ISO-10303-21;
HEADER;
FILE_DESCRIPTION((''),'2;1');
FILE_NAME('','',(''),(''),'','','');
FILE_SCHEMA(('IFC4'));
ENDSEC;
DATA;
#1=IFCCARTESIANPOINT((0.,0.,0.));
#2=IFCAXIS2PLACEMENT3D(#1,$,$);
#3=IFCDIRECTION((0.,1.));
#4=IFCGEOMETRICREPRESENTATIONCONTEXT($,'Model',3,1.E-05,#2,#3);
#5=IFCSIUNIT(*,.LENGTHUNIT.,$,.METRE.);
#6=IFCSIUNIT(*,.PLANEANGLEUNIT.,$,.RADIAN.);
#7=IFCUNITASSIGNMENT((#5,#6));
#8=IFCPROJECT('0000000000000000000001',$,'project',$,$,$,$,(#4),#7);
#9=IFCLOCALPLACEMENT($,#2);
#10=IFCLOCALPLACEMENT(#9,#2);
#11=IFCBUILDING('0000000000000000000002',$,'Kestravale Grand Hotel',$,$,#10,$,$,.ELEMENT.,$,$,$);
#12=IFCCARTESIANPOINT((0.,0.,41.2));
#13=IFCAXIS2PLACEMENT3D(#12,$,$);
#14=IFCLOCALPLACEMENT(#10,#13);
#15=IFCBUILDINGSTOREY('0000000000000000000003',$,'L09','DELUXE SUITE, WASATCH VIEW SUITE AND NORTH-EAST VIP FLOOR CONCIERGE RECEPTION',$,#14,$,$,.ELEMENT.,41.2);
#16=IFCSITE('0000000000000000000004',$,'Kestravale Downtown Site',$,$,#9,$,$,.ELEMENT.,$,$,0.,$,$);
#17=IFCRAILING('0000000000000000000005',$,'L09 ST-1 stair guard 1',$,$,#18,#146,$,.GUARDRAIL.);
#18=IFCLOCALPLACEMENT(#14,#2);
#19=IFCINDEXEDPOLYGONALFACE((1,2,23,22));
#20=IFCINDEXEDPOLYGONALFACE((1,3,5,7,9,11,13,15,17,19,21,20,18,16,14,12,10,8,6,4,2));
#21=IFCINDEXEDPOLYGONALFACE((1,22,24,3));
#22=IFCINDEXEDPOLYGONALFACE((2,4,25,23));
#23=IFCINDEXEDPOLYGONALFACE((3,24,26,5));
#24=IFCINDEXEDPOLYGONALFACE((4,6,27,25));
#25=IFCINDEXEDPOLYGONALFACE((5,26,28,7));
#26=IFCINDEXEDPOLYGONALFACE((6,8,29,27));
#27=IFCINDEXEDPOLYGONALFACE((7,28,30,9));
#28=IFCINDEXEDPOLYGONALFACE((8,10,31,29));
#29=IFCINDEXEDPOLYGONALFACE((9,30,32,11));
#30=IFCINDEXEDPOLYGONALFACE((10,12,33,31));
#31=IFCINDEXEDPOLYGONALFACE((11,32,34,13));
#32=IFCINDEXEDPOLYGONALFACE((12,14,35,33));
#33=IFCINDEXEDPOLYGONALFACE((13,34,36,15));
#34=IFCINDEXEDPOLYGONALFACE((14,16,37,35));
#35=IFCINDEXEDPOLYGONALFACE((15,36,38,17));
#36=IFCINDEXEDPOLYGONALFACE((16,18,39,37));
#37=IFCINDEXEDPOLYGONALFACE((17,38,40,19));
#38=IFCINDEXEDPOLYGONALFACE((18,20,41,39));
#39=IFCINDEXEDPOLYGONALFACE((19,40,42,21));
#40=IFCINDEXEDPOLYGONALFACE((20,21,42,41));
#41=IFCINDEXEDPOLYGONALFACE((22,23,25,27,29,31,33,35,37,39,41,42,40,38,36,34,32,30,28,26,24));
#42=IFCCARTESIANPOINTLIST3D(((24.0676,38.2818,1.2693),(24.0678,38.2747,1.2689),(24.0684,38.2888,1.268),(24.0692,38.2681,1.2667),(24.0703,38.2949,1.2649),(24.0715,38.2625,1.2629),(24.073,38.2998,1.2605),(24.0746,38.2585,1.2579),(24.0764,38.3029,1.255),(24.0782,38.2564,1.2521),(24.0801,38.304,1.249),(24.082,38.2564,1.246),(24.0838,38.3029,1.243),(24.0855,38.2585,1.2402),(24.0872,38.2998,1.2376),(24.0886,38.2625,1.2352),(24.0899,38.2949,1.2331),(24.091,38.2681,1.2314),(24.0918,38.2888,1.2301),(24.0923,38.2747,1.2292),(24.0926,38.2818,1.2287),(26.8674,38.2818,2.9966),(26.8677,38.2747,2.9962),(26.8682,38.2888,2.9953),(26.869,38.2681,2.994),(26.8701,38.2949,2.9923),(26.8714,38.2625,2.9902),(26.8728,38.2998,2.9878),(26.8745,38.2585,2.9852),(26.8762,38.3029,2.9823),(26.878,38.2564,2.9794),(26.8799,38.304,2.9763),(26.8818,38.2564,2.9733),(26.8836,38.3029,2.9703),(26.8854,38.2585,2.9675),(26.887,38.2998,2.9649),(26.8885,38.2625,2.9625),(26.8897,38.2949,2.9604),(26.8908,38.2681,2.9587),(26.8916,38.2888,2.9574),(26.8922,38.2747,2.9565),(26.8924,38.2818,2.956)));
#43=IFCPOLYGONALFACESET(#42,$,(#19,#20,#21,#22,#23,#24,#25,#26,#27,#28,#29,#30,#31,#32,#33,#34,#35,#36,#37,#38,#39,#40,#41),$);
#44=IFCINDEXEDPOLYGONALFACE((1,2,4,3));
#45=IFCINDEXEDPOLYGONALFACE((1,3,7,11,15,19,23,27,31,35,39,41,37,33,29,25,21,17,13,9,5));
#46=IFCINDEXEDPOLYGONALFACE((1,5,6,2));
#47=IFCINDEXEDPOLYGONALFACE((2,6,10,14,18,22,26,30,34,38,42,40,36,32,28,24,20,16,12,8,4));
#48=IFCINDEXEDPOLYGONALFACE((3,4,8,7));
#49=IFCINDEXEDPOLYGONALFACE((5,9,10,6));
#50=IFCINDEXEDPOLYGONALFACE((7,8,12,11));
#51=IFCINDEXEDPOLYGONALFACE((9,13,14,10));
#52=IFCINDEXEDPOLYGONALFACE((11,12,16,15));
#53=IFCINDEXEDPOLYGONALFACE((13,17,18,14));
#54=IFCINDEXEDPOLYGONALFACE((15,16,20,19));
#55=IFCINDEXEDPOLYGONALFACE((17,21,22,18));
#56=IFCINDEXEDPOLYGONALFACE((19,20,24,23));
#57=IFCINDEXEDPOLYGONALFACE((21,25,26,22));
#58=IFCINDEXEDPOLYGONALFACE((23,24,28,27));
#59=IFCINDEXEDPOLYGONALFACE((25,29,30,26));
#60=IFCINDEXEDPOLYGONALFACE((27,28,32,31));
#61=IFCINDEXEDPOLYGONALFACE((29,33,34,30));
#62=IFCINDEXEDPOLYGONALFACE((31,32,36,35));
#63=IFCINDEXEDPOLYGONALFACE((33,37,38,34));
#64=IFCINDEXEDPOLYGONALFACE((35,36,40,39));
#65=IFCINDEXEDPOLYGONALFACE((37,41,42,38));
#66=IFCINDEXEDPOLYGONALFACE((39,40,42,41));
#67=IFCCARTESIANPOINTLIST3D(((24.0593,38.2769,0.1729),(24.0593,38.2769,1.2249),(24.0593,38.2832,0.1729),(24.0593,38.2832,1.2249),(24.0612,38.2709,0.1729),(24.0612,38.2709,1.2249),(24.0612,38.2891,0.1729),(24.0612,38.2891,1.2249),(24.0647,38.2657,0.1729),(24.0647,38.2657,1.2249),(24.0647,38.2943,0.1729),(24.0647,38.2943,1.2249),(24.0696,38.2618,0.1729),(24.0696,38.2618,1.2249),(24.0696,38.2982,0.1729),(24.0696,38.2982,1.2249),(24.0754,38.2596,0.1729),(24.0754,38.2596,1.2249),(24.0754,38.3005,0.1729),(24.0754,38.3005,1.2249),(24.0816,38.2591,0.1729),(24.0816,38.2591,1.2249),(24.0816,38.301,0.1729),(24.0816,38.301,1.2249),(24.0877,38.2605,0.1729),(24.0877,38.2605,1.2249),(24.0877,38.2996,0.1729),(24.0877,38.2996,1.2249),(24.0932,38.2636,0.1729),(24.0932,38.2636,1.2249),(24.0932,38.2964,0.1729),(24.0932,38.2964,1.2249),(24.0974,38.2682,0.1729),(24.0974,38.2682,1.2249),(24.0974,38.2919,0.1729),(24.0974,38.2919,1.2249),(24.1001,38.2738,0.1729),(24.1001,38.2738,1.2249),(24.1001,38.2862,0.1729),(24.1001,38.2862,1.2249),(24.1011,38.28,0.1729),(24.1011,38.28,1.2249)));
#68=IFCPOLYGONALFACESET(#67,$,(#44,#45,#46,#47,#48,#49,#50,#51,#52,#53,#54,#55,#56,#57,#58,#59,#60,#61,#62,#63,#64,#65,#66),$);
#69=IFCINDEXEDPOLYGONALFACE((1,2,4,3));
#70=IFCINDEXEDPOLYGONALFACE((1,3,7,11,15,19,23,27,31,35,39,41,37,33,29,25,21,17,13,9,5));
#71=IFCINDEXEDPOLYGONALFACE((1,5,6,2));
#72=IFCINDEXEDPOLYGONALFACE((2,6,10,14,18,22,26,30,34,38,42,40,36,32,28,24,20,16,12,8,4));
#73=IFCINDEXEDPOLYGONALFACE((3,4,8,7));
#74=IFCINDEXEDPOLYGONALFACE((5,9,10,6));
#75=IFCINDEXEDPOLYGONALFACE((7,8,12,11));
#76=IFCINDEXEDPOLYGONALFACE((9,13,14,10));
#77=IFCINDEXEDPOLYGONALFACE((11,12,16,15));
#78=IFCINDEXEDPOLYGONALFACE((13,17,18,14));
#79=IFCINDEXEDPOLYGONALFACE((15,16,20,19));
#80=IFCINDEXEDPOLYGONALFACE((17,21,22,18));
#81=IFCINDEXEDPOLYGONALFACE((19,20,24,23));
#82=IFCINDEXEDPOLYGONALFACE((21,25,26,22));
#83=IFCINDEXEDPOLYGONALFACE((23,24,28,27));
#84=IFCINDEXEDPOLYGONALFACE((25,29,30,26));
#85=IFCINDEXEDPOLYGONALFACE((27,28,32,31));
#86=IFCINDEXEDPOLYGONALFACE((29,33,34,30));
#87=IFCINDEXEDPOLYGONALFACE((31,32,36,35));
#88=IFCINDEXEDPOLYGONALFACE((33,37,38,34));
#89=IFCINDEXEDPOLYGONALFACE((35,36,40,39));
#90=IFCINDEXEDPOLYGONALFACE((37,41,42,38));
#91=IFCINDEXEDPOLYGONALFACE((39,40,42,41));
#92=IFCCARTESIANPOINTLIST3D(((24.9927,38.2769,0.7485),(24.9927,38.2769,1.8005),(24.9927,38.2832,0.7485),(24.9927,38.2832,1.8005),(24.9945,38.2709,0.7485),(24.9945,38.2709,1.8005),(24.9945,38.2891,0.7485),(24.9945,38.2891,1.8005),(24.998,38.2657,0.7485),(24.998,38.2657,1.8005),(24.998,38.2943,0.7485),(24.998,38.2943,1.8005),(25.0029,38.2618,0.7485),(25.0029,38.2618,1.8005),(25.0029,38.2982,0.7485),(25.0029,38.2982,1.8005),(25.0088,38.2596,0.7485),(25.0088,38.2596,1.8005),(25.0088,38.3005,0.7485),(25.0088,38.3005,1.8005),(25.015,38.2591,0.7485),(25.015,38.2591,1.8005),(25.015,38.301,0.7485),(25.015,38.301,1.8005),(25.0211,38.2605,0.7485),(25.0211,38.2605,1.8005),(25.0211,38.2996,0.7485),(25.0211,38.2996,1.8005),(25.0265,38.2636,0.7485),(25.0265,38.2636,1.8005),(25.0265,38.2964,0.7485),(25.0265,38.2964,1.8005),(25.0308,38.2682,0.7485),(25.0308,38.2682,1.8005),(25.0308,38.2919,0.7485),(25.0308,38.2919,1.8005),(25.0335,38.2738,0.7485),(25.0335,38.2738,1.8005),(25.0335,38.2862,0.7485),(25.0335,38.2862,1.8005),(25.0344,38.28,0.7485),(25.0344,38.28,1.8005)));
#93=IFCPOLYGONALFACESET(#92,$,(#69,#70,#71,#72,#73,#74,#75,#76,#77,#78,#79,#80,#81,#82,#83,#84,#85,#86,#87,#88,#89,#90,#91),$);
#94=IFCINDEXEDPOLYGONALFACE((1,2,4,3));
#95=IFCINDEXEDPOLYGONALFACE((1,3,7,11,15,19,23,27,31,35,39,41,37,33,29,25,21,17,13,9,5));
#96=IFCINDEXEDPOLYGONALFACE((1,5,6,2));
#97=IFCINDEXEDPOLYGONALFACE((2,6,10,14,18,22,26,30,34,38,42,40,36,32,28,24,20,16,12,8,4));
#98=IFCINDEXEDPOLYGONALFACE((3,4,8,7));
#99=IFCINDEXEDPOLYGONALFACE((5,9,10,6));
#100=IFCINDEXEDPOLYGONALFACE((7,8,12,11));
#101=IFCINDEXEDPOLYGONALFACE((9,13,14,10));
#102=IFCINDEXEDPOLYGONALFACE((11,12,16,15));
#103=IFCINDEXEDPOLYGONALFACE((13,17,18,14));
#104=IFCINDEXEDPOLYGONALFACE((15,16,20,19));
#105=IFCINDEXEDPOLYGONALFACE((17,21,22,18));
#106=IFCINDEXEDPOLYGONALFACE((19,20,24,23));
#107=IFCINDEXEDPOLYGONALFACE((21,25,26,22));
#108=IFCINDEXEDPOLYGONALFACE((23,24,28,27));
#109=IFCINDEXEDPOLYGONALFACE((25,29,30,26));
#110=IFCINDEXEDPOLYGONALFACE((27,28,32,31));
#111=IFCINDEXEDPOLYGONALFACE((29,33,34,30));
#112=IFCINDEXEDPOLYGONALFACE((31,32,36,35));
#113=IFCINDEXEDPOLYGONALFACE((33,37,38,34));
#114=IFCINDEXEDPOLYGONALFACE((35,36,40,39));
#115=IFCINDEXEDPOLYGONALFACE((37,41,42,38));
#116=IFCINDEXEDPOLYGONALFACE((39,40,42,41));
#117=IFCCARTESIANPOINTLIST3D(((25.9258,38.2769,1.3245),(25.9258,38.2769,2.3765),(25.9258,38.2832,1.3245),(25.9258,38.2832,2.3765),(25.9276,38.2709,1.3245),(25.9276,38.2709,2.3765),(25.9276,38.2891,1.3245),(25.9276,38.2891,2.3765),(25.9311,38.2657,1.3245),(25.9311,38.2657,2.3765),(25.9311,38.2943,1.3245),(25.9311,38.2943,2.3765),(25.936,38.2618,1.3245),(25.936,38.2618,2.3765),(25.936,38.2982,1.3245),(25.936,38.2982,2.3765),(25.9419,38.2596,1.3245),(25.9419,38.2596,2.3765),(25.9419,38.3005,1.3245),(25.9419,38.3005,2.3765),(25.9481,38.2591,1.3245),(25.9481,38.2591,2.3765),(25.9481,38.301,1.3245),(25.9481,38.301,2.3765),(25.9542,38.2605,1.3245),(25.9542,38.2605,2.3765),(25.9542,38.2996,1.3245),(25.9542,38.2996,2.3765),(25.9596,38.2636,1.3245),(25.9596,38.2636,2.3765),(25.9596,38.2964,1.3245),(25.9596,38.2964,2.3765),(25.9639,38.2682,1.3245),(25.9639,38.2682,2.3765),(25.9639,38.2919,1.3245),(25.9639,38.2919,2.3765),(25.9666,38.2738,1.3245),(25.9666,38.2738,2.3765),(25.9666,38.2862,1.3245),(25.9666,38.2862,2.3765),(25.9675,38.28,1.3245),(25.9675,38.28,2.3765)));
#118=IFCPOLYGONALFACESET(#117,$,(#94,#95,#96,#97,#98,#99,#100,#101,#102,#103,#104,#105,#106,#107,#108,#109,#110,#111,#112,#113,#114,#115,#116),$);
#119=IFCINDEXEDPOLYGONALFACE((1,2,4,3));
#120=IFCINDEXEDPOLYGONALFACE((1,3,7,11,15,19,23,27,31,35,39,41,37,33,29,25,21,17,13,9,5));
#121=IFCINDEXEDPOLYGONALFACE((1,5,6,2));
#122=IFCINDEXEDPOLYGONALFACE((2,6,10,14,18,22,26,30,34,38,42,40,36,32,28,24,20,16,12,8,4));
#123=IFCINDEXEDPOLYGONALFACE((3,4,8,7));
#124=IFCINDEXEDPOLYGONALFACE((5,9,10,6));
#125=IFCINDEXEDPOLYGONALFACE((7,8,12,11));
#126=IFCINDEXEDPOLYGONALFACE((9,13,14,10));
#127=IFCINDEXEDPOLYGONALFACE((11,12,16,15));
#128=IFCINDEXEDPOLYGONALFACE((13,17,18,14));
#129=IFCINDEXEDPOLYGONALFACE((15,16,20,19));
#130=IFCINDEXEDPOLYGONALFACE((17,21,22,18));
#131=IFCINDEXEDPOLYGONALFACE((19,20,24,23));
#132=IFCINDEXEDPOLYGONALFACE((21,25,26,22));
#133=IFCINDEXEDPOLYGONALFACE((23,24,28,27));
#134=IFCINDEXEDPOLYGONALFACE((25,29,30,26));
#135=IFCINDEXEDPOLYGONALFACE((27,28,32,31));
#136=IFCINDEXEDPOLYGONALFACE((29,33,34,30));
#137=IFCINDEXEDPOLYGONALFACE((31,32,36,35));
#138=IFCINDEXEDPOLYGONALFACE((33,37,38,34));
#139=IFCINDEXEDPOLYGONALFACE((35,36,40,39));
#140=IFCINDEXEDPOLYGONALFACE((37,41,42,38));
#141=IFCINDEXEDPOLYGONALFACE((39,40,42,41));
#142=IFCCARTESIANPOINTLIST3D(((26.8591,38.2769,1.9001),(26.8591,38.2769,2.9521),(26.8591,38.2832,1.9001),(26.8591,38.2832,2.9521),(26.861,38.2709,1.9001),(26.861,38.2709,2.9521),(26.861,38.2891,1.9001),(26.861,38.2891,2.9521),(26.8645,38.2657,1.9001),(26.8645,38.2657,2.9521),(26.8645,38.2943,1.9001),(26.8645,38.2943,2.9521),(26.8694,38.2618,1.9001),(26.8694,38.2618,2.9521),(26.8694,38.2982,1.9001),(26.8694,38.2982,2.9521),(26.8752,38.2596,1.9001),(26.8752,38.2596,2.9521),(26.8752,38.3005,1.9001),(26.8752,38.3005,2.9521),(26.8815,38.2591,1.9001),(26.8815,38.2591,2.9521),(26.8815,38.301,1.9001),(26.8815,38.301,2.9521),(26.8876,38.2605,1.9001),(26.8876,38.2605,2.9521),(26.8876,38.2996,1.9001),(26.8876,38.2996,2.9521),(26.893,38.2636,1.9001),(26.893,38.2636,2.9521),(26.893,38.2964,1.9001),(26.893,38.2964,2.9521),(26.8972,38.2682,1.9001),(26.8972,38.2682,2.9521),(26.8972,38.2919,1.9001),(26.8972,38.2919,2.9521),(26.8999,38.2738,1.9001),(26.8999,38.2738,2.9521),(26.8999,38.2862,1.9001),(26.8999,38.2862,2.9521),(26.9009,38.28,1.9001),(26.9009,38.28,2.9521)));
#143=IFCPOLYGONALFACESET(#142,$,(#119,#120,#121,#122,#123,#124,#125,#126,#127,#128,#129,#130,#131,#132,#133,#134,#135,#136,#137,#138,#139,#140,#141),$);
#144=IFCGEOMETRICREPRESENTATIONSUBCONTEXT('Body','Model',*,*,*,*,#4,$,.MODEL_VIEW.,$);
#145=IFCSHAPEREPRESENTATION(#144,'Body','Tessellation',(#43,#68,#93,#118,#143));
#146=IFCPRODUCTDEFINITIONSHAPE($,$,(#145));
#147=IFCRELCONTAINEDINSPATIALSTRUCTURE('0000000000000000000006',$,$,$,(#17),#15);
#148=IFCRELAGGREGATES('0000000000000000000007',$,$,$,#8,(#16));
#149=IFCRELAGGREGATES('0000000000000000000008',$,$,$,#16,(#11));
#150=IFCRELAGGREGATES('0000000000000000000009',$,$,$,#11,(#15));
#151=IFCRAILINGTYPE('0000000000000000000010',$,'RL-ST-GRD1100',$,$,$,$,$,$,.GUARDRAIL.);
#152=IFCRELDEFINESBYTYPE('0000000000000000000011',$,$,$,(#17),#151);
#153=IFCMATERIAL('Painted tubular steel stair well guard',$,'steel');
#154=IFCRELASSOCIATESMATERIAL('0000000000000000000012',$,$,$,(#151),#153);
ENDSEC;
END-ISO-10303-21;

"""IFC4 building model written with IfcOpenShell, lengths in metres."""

from ifc_helpers import new_model, si_unit, direction, frame, origin, origin_2d, place, context, subcontext, project, spatial, circle, extrude, material, type_object, element, save


model = new_model("IFC4")

# Units and contexts
model_context = context("Model", 3, precision=1e-05, world=origin(), true_north=direction((0.0, 1.0)))
body_context = subcontext(model_context, "Body", "Model", "MODEL_VIEW")
ifc_project = project(units=[si_unit("LENGTHUNIT", "METRE"), si_unit("PLANEANGLEUNIT", "RADIAN")], contexts=[model_context])

# Site, building, storey
site_placement = place(None, origin())
site = spatial("IfcSite", under=ifc_project, at=site_placement, Name="Kestravale Downtown Site", CompositionType="ELEMENT", RefElevation=0.0)
building_placement = place(site_placement, origin())
building = spatial("IfcBuilding", under=site, at=building_placement, Name="Kestravale Grand Hotel", CompositionType="ELEMENT")
storey_placement = place(building_placement, frame((0.0, 0.0, 41.2)))
storey = spatial("IfcBuildingStorey", under=building, at=storey_placement, Name="L09", Description="DELUXE SUITE, WASATCH VIEW SUITE AND NORTH-EAST VIP FLOOR CONCIERGE RECEPTION", CompositionType="ELEMENT", Elevation=41.2)

# Railing
ifc_material_1 = material(Name="Painted tubular steel stair well guard", Category="steel")
railing_type_1 = type_object("IfcRailingType", Name="RL-ST-GRD1100", PredefinedType="GUARDRAIL", material=ifc_material_1)
railing_1_placement = place(storey_placement, frame((24.0801, 38.28, 0.1729)))
element("IfcRailing", 1, at=railing_1_placement, inside=storey, type_object=railing_type_1, Name="L09 ST-1 stair guard 1", PredefinedType="GUARDRAIL", context=body_context, shape_type="SweptSolid", body=[
    extrude(circle(Radius=0.0239, at=origin_2d()), frame((0.0, 0.0, 1.0762), z_axis=(0.851069, 0.0, 0.525054), x_axis=(0.0, 1.0, 0.0)), (0.0, 0.0, 1.0), 3.2898),
    extrude(circle(Radius=0.021, at=origin_2d()), origin(), (0.0, 0.0, 1.0), 1.052),
    extrude(circle(Radius=0.021, at=origin_2d()), frame((0.9333, 0.0, 0.5757)), (0.0, 0.0, 1.0), 1.052),
    extrude(circle(Radius=0.021, at=origin_2d()), frame((1.8665, 0.0, 1.1516)), (0.0, 0.0, 1.0), 1.052),
    extrude(circle(Radius=0.021, at=origin_2d()), frame((2.7998, 0.0, 1.7273)), (0.0, 0.0, 1.0), 1.052),
])

save(model, "model.ifc")
